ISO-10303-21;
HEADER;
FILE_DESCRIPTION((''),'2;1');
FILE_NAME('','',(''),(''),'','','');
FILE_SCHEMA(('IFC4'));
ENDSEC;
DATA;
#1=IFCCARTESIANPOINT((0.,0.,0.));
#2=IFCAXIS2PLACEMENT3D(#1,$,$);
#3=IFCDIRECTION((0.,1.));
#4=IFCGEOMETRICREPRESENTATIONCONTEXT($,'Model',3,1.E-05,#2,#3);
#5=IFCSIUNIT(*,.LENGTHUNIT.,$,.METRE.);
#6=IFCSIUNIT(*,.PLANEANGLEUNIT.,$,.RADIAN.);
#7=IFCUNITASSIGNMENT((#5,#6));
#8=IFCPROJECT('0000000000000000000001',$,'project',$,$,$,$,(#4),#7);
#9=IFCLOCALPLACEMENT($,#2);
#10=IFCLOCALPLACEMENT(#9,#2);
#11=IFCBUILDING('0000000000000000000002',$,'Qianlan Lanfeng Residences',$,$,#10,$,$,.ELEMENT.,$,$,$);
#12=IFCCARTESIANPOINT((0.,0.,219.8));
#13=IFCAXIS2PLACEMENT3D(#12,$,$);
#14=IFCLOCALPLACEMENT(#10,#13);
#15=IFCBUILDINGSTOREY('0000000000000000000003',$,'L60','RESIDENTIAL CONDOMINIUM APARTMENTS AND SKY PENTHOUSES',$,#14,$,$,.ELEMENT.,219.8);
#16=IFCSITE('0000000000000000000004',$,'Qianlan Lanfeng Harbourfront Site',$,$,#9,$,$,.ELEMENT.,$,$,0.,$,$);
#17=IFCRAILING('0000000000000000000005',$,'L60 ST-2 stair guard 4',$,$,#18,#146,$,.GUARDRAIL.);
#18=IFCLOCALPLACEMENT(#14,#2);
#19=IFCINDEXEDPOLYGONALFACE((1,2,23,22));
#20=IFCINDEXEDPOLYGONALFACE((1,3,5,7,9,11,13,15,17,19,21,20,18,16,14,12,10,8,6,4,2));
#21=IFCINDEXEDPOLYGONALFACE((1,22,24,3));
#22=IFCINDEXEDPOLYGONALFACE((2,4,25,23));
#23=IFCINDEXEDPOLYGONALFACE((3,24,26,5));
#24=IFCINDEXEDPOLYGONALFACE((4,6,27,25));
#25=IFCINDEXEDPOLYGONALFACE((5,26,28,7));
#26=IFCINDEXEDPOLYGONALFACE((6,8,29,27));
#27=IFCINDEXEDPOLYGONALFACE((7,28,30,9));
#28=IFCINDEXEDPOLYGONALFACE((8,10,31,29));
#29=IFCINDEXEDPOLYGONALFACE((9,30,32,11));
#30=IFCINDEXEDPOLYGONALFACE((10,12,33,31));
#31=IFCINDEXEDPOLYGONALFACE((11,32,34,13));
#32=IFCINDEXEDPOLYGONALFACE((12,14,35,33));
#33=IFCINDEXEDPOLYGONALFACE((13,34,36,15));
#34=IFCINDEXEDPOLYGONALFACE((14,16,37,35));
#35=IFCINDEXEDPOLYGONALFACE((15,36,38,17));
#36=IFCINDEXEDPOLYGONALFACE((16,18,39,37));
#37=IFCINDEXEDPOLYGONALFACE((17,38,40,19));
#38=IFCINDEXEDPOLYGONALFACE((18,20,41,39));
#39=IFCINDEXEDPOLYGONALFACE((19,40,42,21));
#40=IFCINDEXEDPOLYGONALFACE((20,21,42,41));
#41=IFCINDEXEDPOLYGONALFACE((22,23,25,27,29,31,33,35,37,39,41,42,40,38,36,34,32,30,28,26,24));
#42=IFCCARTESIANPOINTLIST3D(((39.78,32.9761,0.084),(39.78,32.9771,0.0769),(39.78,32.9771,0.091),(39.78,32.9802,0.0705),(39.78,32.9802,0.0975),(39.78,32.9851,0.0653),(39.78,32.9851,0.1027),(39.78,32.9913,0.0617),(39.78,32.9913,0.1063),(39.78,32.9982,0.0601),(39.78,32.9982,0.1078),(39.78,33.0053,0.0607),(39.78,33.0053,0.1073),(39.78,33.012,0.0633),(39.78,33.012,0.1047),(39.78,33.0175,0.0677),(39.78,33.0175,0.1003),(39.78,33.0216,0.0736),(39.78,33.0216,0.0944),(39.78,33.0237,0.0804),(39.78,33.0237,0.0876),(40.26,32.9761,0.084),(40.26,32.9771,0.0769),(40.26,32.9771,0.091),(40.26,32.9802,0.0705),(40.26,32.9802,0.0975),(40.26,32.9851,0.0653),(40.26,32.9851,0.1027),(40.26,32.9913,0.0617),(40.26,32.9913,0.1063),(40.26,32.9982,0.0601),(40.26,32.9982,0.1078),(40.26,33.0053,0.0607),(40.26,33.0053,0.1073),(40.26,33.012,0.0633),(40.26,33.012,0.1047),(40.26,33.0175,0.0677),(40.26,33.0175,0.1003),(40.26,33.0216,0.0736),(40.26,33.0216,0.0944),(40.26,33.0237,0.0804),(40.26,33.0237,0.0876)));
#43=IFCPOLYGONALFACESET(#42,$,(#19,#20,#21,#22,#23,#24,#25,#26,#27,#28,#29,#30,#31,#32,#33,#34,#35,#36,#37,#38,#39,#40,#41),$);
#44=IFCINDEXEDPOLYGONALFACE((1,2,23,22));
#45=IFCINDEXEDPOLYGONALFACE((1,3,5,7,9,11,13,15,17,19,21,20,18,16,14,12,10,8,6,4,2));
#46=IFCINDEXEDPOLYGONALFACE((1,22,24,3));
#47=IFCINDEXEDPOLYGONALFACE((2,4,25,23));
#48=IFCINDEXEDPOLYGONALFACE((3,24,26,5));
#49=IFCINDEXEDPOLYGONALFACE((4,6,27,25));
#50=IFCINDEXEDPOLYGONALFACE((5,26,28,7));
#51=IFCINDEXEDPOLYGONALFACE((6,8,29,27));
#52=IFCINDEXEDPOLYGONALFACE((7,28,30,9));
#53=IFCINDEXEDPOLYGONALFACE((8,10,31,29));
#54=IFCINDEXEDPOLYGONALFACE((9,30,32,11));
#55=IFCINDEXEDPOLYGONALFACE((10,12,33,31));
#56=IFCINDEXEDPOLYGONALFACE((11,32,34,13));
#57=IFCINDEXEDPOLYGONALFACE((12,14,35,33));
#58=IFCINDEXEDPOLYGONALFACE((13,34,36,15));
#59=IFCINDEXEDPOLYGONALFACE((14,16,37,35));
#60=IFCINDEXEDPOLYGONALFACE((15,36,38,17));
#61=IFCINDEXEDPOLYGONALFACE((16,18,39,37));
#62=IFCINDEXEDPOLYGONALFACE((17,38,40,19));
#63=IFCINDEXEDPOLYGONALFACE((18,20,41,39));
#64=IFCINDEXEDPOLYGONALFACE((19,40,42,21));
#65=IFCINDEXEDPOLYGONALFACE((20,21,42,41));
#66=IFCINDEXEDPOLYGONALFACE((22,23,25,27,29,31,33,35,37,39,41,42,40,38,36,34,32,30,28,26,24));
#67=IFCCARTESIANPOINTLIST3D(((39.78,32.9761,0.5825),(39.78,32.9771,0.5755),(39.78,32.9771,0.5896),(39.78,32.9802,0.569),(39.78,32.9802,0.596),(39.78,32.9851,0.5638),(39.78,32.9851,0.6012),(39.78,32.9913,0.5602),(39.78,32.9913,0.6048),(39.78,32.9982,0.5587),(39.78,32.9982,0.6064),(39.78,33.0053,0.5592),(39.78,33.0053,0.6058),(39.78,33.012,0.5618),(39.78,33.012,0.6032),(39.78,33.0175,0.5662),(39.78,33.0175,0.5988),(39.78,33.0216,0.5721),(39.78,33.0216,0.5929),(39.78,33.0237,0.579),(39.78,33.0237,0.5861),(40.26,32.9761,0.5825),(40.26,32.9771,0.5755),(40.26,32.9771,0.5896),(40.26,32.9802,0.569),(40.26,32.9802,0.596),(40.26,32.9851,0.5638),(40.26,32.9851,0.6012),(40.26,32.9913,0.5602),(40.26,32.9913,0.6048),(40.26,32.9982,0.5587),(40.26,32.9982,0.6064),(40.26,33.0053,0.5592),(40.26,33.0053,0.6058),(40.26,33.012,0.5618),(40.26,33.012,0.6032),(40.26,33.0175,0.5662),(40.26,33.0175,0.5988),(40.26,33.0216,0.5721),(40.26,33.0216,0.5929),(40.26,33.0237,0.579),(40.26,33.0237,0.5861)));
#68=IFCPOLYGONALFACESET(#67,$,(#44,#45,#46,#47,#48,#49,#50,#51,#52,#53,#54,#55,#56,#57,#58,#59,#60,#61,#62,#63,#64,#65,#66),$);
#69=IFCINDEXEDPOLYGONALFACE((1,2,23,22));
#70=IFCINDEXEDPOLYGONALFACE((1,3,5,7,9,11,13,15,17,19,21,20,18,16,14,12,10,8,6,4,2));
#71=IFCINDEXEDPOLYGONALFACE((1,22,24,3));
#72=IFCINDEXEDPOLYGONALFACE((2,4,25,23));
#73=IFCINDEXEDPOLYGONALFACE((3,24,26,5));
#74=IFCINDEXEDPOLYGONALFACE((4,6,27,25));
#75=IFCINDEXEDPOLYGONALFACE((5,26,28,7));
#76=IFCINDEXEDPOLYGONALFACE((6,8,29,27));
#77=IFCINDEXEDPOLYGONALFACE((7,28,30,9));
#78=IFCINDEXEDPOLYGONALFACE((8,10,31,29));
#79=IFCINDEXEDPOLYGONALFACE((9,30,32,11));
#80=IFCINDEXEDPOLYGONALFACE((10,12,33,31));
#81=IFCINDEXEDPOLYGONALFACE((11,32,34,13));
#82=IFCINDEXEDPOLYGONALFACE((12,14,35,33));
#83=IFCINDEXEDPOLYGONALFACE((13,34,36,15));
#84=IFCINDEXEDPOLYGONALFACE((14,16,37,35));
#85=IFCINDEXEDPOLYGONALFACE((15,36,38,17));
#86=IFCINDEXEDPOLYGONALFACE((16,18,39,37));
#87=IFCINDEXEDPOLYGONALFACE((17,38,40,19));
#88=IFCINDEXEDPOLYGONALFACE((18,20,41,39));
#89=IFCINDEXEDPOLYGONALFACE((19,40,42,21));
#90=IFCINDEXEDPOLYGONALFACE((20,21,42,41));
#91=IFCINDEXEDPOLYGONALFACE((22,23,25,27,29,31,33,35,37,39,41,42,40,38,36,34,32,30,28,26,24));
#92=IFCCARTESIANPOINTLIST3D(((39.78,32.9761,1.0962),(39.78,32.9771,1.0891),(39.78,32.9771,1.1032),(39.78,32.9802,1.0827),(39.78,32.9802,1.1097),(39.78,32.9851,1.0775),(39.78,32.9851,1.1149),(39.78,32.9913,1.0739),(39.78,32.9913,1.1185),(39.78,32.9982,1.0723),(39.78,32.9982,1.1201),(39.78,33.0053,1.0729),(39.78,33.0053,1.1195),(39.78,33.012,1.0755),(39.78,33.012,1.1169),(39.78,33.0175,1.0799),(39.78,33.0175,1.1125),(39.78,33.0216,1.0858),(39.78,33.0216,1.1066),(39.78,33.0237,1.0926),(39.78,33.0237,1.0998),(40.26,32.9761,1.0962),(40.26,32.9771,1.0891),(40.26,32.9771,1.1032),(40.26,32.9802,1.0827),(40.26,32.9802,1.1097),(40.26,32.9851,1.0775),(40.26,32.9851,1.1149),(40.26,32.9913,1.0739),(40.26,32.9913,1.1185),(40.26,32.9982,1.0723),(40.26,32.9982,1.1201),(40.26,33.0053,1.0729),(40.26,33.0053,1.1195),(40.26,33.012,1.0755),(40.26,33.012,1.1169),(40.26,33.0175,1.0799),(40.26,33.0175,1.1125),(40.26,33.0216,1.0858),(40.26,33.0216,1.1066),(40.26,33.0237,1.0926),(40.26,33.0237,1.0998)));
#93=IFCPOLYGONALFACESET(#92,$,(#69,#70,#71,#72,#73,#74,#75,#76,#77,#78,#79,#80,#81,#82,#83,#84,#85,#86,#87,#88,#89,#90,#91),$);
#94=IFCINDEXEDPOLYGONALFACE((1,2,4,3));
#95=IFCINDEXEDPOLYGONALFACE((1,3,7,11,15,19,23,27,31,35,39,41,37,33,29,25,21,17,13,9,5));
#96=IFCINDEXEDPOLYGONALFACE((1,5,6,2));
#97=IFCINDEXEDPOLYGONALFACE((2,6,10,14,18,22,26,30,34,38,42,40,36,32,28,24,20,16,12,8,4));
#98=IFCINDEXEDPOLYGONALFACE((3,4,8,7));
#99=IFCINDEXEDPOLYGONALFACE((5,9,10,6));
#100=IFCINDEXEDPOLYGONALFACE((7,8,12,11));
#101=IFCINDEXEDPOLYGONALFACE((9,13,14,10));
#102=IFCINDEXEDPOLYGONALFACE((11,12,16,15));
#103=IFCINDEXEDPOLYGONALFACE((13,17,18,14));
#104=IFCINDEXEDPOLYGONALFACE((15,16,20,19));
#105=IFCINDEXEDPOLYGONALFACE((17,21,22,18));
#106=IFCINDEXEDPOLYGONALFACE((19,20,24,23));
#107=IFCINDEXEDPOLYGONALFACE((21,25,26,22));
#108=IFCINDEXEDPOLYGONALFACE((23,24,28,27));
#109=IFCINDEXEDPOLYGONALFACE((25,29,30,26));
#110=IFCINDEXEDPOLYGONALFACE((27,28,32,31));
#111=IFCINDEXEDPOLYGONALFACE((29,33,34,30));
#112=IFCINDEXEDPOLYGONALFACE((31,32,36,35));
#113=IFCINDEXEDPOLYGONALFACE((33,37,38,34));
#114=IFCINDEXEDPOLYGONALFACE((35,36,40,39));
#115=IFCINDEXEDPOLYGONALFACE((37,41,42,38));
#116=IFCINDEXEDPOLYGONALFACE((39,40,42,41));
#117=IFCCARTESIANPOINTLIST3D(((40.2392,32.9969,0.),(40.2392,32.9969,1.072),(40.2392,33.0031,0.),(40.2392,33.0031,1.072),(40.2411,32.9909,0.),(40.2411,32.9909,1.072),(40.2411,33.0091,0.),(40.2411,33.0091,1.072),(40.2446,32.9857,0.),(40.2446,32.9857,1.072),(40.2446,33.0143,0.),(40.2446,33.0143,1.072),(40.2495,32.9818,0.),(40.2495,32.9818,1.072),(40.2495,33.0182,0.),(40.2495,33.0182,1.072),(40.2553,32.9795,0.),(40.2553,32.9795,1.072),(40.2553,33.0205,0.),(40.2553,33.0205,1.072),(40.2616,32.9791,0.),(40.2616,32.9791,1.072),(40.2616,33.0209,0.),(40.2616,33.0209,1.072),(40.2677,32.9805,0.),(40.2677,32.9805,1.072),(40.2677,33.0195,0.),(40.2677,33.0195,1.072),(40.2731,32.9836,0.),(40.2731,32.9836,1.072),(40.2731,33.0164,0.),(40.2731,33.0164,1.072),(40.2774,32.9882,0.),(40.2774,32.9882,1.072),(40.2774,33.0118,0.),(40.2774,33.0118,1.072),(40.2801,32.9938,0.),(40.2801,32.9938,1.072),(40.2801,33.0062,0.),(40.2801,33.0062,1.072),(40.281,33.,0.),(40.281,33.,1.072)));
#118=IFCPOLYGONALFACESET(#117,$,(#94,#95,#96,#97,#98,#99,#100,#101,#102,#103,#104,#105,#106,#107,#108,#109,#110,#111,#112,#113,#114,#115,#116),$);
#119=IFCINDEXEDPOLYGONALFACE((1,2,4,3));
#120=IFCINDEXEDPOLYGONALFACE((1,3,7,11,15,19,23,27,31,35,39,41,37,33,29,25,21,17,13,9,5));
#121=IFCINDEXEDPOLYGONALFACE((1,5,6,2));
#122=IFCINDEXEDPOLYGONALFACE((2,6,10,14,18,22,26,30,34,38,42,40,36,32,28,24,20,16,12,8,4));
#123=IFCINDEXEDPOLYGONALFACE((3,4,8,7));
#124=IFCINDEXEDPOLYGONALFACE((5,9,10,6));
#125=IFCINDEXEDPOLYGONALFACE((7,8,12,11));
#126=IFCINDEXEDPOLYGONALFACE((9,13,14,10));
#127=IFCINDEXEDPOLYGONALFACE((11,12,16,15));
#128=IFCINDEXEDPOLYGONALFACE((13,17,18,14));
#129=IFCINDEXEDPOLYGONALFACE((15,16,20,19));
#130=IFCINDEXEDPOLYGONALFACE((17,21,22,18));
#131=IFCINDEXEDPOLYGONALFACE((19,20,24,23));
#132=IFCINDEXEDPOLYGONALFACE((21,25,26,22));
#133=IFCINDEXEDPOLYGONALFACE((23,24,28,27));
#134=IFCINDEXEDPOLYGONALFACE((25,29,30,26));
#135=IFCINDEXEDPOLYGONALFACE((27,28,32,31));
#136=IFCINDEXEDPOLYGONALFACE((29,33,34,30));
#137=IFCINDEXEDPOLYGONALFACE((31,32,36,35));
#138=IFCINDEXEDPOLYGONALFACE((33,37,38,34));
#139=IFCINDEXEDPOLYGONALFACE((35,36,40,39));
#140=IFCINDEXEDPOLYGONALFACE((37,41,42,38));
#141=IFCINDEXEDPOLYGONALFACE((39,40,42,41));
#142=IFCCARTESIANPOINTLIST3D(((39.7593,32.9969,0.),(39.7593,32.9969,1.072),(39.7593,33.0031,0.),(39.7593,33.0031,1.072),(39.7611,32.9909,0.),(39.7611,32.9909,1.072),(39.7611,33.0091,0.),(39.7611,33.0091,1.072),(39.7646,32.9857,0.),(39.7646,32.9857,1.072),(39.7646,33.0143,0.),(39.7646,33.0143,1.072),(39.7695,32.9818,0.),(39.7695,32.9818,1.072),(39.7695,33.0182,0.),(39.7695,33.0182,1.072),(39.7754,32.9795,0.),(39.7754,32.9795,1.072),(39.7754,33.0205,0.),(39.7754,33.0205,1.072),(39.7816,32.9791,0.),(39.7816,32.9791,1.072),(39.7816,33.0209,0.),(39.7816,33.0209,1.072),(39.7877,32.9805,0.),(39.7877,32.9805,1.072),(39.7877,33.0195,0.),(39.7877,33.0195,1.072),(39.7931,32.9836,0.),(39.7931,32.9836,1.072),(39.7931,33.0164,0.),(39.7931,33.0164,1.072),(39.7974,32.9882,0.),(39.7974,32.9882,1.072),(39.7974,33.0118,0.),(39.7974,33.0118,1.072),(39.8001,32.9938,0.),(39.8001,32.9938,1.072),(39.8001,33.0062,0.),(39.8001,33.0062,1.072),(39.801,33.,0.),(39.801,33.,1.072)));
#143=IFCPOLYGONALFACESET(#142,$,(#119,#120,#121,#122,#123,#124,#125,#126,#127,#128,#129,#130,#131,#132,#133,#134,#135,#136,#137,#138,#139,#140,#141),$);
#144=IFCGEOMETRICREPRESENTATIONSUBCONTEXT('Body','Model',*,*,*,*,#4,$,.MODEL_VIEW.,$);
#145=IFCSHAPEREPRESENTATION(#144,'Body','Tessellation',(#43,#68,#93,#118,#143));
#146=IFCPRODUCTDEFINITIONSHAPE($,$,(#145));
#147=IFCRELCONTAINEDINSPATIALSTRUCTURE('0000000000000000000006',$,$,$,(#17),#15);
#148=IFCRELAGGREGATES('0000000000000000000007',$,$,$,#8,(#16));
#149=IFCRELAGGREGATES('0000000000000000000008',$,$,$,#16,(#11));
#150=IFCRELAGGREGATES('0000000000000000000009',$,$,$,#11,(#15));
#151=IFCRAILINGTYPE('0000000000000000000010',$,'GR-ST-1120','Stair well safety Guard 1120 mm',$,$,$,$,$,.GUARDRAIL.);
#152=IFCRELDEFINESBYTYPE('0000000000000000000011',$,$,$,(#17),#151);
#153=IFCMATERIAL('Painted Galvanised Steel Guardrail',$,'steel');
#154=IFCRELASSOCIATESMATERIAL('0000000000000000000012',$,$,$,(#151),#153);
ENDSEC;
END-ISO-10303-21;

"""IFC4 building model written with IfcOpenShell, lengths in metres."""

from ifc_helpers import new_model, si_unit, direction, frame, origin, origin_2d, place, context, subcontext, project, spatial, circle, extrude, material, type_object, element, save


model = new_model("IFC4")

# Units and contexts
model_context = context("Model", 3, precision=1e-05, world=origin(), true_north=direction((0.0, 1.0)))
body_context = subcontext(model_context, "Body", "Model", "MODEL_VIEW")
ifc_project = project(units=[si_unit("LENGTHUNIT", "METRE"), si_unit("PLANEANGLEUNIT", "RADIAN")], contexts=[model_context])

# Site, building, storey
site_placement = place(None, origin())
site = spatial("IfcSite", under=ifc_project, at=site_placement, Name="Qianlan Lanfeng Harbourfront Site", CompositionType="ELEMENT", RefElevation=0.0)
building_placement = place(site_placement, origin())
building = spatial("IfcBuilding", under=site, at=building_placement, Name="Qianlan Lanfeng Residences", CompositionType="ELEMENT")
storey_placement = place(building_placement, frame((0.0, 0.0, 219.8)))
storey = spatial("IfcBuildingStorey", under=building, at=storey_placement, Name="L60", Description="RESIDENTIAL CONDOMINIUM APARTMENTS AND SKY PENTHOUSES", CompositionType="ELEMENT", Elevation=219.8)

# Railing
ifc_material_1 = material(Name="Painted Galvanised Steel Guardrail", Category="steel")
railing_type_1 = type_object("IfcRailingType", Name="GR-ST-1120", Description="Stair well safety Guard 1120 mm", PredefinedType="GUARDRAIL", material=ifc_material_1)
railing_1_placement = place(storey_placement, frame((40.26, 33.0, 0.0)))
element("IfcRailing", 1, at=railing_1_placement, inside=storey, type_object=railing_type_1, Name="L60 ST-2 stair guard 4", PredefinedType="GUARDRAIL", context=body_context, shape_type="SweptSolid", body=[
    extrude(circle(Radius=0.0239, at=origin_2d()), frame((0.0, 0.0, 0.084), z_axis=(-1.0, 0.0, 0.0), x_axis=(0.0, -1.0, 0.0)), (0.0, 0.0, 1.0), 0.48),
    extrude(circle(Radius=0.0239, at=origin_2d()), frame((0.0, 0.0, 0.5825), z_axis=(-1.0, 0.0, 0.0), x_axis=(0.0, -1.0, 0.0)), (0.0, 0.0, 1.0), 0.48),
    extrude(circle(Radius=0.0239, at=origin_2d()), frame((0.0, 0.0, 1.0962), z_axis=(-1.0, 0.0, 0.0), x_axis=(0.0, -1.0, 0.0)), (0.0, 0.0, 1.0), 0.48),
    extrude(circle(Radius=0.021, at=origin_2d()), origin(), (0.0, 0.0, 1.0), 1.072),
    extrude(circle(Radius=0.021, at=origin_2d()), frame((-0.48, 0.0, 0.0)), (0.0, 0.0, 1.0), 1.072),
])

save(model, "model.ifc")
